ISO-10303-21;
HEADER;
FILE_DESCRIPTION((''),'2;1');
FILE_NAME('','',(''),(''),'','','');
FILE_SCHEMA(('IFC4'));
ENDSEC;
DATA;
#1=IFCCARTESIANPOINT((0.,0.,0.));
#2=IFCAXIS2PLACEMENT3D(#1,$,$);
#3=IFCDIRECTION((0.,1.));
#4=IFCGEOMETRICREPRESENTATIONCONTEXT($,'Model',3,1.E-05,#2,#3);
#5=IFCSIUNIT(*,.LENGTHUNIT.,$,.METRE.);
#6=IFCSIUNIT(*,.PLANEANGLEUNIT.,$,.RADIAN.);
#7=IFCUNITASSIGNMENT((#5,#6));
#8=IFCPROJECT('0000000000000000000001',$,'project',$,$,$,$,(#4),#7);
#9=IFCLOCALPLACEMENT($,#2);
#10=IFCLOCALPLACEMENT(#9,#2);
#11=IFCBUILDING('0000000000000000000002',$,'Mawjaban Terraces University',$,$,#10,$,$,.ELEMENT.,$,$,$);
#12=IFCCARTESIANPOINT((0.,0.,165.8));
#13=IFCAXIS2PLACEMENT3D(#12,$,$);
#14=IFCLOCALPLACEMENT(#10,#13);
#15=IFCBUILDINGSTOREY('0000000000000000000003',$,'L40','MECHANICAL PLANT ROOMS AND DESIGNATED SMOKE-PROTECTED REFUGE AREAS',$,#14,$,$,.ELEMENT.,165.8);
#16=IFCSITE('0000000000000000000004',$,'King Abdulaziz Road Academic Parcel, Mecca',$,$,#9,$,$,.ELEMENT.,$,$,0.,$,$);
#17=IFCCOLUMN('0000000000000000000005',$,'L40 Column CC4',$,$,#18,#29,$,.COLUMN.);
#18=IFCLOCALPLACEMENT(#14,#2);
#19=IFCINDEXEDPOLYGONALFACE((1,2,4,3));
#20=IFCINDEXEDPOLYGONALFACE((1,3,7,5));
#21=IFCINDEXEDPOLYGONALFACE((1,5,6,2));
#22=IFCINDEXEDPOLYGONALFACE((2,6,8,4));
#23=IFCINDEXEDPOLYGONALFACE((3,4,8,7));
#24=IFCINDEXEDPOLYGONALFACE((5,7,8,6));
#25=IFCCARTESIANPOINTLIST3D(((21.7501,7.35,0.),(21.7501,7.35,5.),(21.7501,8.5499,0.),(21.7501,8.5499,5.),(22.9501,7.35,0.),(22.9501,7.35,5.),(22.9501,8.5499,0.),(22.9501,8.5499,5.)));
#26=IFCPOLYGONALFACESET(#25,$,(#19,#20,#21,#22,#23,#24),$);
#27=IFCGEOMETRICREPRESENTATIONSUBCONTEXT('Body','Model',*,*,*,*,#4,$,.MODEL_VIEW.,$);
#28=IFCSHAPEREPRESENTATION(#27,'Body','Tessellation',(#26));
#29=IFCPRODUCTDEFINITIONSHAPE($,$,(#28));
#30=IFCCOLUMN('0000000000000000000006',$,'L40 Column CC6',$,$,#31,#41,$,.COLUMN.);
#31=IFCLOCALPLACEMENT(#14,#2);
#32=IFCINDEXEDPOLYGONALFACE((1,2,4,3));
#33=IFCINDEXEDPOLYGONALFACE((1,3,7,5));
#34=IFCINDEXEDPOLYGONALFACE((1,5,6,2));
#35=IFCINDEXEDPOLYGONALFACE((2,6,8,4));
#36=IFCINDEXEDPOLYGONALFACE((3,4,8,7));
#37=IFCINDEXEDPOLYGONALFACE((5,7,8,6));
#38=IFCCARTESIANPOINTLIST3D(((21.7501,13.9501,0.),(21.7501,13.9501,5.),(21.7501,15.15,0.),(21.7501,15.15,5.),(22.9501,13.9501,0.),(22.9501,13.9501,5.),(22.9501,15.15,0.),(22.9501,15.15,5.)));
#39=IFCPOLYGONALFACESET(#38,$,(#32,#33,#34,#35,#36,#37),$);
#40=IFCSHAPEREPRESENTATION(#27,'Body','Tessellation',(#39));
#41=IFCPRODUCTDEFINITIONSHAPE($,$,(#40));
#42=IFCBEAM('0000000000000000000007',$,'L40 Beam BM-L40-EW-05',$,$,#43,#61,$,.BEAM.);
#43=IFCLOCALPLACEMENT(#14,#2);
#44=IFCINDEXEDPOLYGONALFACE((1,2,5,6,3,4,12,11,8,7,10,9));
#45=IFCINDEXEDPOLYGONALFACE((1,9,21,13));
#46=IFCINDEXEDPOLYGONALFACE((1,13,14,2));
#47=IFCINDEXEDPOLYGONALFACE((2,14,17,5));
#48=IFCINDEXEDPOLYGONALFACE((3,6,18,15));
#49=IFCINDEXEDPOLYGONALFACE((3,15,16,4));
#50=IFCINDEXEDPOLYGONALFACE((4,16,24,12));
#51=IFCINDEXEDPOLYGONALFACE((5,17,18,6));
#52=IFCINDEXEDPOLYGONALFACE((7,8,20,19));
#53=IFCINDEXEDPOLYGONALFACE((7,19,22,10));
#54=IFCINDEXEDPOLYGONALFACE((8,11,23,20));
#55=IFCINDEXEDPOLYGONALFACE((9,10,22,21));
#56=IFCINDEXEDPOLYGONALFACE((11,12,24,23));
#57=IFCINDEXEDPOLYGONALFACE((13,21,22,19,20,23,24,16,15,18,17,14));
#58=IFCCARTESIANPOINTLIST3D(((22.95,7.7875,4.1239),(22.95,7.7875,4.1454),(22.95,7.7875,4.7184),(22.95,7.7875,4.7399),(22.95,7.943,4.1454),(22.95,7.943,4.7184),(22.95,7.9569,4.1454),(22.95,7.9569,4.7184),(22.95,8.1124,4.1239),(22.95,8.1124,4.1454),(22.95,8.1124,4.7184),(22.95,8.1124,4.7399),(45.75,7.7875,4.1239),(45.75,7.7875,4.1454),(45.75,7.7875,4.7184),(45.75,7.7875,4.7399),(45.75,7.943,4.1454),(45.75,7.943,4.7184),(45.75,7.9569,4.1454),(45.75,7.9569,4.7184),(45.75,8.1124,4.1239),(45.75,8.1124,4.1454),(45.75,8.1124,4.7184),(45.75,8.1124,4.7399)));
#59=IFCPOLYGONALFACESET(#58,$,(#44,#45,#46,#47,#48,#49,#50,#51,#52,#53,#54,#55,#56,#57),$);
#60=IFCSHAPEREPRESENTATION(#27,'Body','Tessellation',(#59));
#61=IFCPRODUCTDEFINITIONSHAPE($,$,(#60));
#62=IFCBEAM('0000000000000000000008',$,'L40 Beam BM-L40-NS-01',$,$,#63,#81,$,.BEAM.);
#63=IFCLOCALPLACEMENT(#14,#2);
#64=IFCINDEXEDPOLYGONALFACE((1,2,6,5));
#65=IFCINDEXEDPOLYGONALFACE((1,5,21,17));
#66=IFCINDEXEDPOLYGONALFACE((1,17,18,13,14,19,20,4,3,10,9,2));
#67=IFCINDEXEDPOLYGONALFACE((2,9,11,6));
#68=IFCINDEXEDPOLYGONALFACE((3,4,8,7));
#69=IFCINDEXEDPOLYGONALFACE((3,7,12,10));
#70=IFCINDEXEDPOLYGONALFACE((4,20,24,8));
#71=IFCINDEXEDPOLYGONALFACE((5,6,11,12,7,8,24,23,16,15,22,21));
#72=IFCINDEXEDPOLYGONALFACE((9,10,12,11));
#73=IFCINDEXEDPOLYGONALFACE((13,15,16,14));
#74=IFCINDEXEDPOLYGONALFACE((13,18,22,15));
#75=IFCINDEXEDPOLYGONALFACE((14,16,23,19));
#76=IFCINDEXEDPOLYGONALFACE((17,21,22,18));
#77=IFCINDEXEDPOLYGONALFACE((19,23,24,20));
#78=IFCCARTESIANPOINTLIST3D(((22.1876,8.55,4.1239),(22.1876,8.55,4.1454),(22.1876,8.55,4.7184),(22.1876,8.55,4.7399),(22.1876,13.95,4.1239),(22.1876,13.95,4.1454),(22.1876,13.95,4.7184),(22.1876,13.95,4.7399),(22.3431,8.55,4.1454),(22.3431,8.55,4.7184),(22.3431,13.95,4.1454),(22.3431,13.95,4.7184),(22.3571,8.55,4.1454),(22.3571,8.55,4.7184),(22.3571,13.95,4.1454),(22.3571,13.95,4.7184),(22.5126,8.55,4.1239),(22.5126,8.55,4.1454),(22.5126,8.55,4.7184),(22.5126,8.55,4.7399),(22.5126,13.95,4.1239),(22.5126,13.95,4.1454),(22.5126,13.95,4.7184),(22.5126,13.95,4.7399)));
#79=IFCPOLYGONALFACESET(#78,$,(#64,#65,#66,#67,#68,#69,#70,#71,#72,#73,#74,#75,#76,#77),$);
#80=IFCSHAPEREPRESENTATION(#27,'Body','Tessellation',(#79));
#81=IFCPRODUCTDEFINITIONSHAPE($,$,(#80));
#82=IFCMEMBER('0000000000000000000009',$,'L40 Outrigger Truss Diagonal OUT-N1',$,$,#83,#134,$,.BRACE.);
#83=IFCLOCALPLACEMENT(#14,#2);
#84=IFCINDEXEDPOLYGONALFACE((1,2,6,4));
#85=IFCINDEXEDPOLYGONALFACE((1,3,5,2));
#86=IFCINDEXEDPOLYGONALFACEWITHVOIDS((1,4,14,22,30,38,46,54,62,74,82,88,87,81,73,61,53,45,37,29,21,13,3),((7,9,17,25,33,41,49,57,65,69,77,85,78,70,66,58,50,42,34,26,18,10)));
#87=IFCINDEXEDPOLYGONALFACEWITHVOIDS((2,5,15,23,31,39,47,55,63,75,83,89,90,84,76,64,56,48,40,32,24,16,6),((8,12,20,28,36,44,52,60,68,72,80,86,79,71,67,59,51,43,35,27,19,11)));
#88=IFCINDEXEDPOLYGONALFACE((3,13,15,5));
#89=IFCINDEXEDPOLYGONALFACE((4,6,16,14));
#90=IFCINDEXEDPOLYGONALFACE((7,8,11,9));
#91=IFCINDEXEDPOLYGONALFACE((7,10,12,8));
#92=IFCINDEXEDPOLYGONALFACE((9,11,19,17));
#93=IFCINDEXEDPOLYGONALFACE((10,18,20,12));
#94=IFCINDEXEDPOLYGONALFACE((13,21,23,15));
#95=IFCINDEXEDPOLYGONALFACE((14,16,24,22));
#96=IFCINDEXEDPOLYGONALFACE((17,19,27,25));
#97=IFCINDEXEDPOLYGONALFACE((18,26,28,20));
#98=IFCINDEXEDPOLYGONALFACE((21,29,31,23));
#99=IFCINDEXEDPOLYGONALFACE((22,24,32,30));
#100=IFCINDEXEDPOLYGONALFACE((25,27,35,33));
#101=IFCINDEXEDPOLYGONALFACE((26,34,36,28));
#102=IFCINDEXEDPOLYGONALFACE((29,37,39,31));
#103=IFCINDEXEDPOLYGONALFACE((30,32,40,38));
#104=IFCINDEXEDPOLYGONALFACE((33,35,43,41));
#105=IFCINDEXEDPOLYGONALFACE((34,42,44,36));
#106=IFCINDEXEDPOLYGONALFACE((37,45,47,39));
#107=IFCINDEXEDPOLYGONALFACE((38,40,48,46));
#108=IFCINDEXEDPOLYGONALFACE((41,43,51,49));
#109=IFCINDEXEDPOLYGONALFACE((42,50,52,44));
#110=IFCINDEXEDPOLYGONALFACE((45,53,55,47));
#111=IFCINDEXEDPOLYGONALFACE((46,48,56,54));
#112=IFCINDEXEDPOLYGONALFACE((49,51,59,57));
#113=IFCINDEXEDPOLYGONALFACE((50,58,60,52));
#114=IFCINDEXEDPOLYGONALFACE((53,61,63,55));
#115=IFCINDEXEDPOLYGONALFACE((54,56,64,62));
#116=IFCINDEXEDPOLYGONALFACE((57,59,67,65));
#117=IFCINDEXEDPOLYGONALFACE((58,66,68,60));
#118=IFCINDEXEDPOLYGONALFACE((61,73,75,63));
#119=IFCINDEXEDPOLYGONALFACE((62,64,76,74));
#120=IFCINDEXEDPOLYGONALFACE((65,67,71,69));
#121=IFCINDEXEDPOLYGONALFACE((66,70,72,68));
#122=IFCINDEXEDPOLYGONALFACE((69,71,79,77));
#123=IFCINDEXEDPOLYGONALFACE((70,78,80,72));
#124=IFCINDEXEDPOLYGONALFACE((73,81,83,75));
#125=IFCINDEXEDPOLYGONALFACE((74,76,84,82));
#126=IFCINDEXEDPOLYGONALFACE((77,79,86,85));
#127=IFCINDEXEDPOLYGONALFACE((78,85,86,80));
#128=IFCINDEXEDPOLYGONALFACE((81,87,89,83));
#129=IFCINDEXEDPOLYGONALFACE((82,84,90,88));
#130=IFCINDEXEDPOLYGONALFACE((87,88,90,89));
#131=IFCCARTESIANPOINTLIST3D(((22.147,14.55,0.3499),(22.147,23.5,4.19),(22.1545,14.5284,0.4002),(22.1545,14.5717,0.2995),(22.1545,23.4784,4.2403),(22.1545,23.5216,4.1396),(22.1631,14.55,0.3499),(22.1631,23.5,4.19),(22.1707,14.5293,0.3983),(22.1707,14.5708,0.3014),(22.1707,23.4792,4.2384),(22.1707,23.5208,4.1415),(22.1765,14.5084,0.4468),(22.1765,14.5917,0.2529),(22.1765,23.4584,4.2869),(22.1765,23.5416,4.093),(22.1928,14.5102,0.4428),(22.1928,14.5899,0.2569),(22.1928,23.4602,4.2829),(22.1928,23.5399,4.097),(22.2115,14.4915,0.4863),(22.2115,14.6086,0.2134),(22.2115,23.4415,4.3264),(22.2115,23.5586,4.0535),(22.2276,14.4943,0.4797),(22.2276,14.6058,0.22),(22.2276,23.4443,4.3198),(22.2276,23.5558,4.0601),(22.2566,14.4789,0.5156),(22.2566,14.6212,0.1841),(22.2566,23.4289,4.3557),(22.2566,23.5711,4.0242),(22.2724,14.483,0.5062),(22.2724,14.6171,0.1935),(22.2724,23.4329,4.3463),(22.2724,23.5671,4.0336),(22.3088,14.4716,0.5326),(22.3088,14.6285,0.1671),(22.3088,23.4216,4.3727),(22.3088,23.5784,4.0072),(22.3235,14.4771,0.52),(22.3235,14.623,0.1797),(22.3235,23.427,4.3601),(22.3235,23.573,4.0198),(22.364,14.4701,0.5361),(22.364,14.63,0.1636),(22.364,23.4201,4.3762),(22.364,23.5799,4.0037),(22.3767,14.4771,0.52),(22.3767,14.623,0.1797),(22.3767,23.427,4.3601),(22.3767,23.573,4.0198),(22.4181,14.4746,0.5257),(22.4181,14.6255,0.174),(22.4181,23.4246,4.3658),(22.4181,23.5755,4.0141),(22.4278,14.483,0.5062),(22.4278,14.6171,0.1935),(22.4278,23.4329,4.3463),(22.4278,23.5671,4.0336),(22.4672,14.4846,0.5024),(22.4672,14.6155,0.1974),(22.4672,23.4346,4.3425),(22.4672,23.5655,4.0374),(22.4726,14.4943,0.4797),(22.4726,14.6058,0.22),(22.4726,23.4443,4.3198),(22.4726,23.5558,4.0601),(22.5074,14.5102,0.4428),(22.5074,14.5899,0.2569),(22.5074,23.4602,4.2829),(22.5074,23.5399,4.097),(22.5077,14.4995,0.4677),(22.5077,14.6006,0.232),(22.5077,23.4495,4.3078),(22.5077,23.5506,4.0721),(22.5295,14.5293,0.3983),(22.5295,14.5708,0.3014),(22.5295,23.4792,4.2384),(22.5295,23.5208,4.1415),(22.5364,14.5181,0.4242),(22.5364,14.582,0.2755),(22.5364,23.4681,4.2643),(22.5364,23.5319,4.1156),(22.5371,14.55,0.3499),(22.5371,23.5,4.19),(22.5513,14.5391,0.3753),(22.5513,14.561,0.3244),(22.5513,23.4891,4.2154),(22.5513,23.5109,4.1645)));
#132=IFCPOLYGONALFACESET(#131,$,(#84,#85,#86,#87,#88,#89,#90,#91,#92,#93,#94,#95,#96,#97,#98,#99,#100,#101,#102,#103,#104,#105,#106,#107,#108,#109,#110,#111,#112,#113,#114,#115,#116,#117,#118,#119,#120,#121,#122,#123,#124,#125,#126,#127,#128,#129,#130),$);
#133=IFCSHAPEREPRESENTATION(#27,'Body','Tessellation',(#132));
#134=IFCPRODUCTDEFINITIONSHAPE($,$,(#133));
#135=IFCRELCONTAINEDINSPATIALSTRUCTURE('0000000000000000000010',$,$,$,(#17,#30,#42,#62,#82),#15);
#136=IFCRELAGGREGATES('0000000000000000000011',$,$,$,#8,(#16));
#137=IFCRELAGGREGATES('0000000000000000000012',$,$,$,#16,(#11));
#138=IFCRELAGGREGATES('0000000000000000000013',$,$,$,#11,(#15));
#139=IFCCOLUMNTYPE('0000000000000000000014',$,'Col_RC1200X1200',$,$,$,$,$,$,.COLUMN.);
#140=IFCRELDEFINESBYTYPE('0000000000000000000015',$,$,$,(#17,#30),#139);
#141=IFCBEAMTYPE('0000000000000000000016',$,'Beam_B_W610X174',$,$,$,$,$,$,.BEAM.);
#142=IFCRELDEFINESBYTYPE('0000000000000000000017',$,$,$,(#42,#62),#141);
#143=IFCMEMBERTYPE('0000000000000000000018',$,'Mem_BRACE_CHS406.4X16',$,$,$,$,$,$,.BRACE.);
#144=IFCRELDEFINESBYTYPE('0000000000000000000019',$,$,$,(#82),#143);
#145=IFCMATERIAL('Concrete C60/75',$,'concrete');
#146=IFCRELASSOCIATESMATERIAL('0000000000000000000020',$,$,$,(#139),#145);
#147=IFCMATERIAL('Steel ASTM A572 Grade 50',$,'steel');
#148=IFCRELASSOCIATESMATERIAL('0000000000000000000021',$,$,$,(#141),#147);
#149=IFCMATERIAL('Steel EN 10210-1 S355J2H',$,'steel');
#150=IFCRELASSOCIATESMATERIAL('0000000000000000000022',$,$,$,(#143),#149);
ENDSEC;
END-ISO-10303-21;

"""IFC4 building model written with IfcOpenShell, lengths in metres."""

from ifc_helpers import new_model, si_unit, direction, frame, origin, origin_2d, place, context, subcontext, project, spatial, rectangle, hollow_circle, i_section, extrude, material, material_profile, profile_set, type_object, element, save


model = new_model("IFC4")

# Units and contexts
model_context = context("Model", 3, precision=1e-05, world=origin(), true_north=direction((0.0, 1.0)))
body_context = subcontext(model_context, "Body", "Model", "MODEL_VIEW")
ifc_project = project(units=[si_unit("LENGTHUNIT", "METRE"), si_unit("PLANEANGLEUNIT", "RADIAN")], contexts=[model_context])

# Site, building, storey
site_placement = place(None, origin())
site = spatial("IfcSite", under=ifc_project, at=site_placement, Name="King Abdulaziz Road Academic Parcel, Mecca", CompositionType="ELEMENT", RefElevation=0.0)
building_placement = place(site_placement, origin())
building = spatial("IfcBuilding", under=site, at=building_placement, Name="Mawjaban Terraces University", CompositionType="ELEMENT")
storey_placement = place(building_placement, frame((0.0, 0.0, 165.8)))
storey = spatial("IfcBuildingStorey", under=building, at=storey_placement, Name="L40", Description="MECHANICAL PLANT ROOMS AND DESIGNATED SMOKE-PROTECTED REFUGE AREAS", CompositionType="ELEMENT", Elevation=165.8)

# Columns
ifc_material_1 = material(Name="Concrete C60/75", Category="concrete")
ifc_material_profile_1 = material_profile(ifc_material_1, rectangle(XDim=1.2, YDim=1.2, at=origin_2d()), Name="RC1200X1200")
ifc_profile_set_1 = profile_set([ifc_material_profile_1], Name="Concrete C60/75")
column_type = type_object("IfcColumnType", Name="Col_RC1200X1200", PredefinedType="COLUMN", material=ifc_profile_set_1)
for number, where, z_axis, x_axis, name in (
    (1, (22.3501, 7.95, 0.0), (0.0, 0.0, 1.0), (1.0, 0.0, 0.0), "L40 Column CC4"),
    (2, (22.3501, 14.55, 0.0), (0.0, 0.0, 1.0), (1.0, 0.0, 0.0), "L40 Column CC6"),
):
    element("IfcColumn", number, at=place(storey_placement, frame(where, z_axis=z_axis, x_axis=x_axis)), inside=storey, type_object=column_type, Name=name, PredefinedType="COLUMN", context=body_context, shape_type="SweptSolid", body=[
        extrude(rectangle(XDim=1.2, YDim=1.2, at=origin_2d()), origin(), (0.0, 0.0, 1.0), 5.0),
    ])

# Beams
ifc_material_2 = material(Name="Steel ASTM A572 Grade 50", Category="steel")
ifc_material_profile_2 = material_profile(ifc_material_2, i_section(OverallWidth=0.325, OverallDepth=0.616, WebThickness=0.0139, FlangeThickness=0.0215, at=origin_2d()), Name="W610X174")
ifc_profile_set_2 = profile_set([ifc_material_profile_2], Name="Steel ASTM A572 Grade 50")
beam_type = type_object("IfcBeamType", Name="Beam_B_W610X174", PredefinedType="BEAM", material=ifc_profile_set_2)
beam_1_placement = place(storey_placement, frame((22.95, 7.95, 4.4319), z_axis=(1.0, 0.0, 0.0), x_axis=(0.0, 1.0, 0.0)))
element("IfcBeam", 3, at=beam_1_placement, inside=storey, type_object=beam_type, Name="L40 Beam BM-L40-EW-05", PredefinedType="BEAM", context=body_context, shape_type="SweptSolid", body=[
    extrude(i_section(OverallWidth=0.325, OverallDepth=0.616, WebThickness=0.0139, FlangeThickness=0.0215, at=origin_2d()), origin(), (0.0, 0.0, 1.0), 22.8),
])
beam_2_placement = place(storey_placement, frame((22.3501, 8.55, 4.4319), z_axis=(0.0, 1.0, 0.0), x_axis=(-1.0, 0.0, 0.0)))
element("IfcBeam", 4, at=beam_2_placement, inside=storey, type_object=beam_type, Name="L40 Beam BM-L40-NS-01", PredefinedType="BEAM", context=body_context, shape_type="SweptSolid", body=[
    extrude(i_section(OverallWidth=0.325, OverallDepth=0.616, WebThickness=0.0139, FlangeThickness=0.0215, at=origin_2d()), origin(), (0.0, 0.0, 1.0), 5.3999),
])

# Member
ifc_material_3 = material(Name="Steel EN 10210-1 S355J2H", Category="steel")
ifc_material_profile_3 = material_profile(ifc_material_3, hollow_circle(Radius=0.2031, WallThickness=0.0161, at=origin_2d()), Name="CHS406.4X16")
ifc_profile_set_3 = profile_set([ifc_material_profile_3], Name="Steel EN 10210-1 S355J2H")
member_type = type_object("IfcMemberType", Name="Mem_BRACE_CHS406.4X16", PredefinedType="BRACE", material=ifc_profile_set_3)
member_placement = place(storey_placement, frame((22.3501, 14.55, 0.3499), z_axis=(0.0, 0.918982, 0.3943), x_axis=(-1.0, 0.0, 0.0)))
element("IfcMember", 5, at=member_placement, inside=storey, type_object=member_type, Name="L40 Outrigger Truss Diagonal OUT-N1", PredefinedType="BRACE", context=body_context, shape_type="SweptSolid", body=[
    extrude(hollow_circle(Radius=0.2031, WallThickness=0.0161, at=origin_2d()), origin(), (0.0, 0.0, 1.0), 9.739),
])

save(model, "model.ifc")
